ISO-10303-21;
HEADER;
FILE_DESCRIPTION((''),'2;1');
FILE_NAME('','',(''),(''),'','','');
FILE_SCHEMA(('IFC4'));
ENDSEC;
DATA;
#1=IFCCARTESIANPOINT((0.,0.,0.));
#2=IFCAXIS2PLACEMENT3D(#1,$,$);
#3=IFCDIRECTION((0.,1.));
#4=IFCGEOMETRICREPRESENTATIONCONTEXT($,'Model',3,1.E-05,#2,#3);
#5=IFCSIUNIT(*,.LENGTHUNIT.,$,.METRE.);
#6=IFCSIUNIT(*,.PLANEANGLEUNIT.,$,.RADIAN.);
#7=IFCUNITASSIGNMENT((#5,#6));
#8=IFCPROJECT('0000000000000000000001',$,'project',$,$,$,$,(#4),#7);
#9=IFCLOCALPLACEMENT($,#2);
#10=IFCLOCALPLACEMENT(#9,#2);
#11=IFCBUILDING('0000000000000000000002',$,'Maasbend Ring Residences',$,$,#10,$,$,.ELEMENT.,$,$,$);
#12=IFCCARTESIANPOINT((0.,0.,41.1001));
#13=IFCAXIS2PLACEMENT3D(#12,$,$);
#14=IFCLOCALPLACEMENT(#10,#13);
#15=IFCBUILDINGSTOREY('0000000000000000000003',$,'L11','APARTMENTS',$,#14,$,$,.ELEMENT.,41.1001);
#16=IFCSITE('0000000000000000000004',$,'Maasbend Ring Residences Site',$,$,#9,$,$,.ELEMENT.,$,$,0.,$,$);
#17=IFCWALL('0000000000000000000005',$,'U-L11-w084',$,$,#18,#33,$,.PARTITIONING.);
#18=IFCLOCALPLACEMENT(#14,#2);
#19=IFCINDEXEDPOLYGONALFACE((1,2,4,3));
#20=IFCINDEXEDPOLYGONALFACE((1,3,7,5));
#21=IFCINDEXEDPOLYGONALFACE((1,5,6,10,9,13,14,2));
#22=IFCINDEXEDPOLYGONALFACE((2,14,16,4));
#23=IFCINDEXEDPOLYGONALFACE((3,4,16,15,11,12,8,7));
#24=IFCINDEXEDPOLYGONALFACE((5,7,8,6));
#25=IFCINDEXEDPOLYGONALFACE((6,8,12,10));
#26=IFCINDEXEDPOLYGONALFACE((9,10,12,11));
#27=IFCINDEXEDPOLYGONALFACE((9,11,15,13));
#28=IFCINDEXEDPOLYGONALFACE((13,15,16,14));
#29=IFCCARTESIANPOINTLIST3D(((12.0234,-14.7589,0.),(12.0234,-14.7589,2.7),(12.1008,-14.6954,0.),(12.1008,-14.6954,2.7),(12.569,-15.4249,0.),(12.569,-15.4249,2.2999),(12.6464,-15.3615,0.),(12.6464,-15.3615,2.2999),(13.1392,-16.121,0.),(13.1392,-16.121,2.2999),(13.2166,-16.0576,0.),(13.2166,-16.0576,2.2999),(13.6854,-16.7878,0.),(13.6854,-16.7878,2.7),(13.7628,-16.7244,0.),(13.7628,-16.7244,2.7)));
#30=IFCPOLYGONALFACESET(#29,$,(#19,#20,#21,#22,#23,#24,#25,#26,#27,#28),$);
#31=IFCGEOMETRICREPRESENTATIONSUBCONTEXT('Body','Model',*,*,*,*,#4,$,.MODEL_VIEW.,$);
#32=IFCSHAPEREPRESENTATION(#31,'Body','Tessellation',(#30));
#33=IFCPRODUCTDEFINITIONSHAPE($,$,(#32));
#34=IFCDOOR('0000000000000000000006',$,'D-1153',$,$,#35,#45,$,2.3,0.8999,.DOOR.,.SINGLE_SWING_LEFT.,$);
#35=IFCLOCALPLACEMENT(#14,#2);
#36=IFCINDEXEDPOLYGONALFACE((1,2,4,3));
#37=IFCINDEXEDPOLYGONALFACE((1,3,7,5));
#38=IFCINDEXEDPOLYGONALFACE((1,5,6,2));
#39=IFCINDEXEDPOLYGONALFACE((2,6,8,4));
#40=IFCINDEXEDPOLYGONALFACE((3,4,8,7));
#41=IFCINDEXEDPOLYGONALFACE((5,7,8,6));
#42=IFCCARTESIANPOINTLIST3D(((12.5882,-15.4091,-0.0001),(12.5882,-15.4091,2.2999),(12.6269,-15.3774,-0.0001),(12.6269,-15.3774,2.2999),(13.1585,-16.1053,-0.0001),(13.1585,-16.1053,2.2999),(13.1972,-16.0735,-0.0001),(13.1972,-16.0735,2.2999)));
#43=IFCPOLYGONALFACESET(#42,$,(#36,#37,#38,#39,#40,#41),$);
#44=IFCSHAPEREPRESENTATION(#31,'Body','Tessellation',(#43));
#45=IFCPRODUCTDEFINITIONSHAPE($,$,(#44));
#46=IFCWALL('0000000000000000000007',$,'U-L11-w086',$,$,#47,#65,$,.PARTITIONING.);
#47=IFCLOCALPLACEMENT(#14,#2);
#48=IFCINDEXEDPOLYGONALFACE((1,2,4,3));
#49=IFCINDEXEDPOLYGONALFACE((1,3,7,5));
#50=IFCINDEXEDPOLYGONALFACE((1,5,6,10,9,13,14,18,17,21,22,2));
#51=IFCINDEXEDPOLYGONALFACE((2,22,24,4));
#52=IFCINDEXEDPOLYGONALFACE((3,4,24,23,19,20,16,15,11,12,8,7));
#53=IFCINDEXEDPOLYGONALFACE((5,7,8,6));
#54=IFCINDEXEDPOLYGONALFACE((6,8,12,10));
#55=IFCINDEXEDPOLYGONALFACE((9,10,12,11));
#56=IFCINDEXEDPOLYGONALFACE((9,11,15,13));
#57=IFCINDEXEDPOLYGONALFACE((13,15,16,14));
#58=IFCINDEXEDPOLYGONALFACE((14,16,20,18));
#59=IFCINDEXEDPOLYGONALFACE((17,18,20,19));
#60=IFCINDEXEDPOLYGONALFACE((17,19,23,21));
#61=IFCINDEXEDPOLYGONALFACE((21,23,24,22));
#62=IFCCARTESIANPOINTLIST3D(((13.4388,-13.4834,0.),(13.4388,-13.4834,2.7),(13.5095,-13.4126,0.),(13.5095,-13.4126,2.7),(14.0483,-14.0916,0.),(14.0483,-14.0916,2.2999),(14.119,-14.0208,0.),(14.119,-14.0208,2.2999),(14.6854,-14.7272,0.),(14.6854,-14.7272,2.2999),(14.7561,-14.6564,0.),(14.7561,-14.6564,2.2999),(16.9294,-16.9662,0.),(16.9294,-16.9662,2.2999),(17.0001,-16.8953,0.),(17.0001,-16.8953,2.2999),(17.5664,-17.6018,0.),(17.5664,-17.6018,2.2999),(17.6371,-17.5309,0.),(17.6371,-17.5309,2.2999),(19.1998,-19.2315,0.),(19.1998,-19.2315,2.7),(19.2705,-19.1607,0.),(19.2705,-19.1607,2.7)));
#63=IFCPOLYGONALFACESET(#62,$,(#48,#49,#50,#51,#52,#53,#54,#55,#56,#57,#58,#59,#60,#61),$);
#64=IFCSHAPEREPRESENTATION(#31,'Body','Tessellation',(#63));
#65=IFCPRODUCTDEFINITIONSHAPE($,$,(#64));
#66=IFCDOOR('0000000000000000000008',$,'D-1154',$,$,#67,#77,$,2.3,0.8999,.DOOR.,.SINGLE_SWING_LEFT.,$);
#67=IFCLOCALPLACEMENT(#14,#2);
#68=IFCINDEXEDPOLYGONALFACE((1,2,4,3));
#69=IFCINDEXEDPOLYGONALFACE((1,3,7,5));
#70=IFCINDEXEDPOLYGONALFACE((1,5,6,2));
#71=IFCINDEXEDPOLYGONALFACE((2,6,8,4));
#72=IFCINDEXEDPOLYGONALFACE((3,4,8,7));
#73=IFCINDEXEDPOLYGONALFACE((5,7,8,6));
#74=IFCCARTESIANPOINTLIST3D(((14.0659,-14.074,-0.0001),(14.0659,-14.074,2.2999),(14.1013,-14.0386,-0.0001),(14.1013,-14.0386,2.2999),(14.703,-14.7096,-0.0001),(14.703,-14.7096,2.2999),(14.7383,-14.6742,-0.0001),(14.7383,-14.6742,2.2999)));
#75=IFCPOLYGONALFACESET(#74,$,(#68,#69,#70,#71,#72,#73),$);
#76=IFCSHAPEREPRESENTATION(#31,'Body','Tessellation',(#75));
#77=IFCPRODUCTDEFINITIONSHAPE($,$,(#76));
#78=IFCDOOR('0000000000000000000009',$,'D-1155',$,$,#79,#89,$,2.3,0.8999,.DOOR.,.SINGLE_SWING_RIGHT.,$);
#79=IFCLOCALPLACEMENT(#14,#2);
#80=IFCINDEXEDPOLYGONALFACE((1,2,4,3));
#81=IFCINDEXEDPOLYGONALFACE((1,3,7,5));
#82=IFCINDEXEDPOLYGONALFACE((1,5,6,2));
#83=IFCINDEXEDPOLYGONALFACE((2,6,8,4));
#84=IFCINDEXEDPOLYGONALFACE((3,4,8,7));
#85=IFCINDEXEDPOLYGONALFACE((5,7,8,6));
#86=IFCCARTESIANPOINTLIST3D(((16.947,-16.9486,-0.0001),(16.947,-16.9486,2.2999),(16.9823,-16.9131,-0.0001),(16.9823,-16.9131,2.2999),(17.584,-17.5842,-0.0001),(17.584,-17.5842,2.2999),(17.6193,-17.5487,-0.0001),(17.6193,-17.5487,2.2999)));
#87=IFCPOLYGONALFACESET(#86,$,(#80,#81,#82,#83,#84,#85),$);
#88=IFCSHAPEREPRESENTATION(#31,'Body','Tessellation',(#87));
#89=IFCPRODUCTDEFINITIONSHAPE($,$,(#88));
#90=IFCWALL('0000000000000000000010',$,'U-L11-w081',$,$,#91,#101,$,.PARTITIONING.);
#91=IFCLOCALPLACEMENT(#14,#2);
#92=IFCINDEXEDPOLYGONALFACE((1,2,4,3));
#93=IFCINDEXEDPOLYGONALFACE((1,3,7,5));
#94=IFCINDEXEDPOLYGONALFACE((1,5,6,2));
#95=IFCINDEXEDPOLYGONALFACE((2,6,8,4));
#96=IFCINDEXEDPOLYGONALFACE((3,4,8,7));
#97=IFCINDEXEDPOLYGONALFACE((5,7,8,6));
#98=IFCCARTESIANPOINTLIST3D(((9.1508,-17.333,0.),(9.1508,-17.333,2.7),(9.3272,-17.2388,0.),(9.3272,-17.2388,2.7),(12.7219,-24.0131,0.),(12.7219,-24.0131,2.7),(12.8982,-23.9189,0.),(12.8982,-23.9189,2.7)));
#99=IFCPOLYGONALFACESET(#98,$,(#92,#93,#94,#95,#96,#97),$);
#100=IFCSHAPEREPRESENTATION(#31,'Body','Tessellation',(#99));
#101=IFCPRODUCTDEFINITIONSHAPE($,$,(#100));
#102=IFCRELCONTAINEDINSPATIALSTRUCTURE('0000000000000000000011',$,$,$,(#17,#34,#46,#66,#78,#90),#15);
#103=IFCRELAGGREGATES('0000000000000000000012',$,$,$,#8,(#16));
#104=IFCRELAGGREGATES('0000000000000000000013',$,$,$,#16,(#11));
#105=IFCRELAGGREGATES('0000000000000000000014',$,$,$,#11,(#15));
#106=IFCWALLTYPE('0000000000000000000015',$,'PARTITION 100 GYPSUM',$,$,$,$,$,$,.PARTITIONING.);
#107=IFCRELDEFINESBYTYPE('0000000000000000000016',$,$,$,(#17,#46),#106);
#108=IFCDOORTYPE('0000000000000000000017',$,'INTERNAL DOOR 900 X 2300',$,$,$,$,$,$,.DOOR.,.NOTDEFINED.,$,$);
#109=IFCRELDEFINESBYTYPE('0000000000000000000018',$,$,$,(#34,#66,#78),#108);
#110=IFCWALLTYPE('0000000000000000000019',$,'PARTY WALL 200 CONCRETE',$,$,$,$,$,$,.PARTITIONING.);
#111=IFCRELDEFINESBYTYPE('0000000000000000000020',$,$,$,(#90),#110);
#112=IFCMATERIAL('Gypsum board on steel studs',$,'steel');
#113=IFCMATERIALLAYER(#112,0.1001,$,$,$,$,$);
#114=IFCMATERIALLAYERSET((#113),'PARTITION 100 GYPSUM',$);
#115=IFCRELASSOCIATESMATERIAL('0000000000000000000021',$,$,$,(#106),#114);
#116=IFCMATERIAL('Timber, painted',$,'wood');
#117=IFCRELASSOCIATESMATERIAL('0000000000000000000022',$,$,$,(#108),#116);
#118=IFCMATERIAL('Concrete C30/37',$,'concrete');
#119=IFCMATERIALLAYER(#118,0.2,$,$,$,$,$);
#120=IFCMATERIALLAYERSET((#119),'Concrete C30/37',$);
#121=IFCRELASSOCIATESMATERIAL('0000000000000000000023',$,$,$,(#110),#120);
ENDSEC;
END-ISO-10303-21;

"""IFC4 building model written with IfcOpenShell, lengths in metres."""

from ifc_helpers import new_model, si_unit, direction, frame, frame_2d, origin, place, context, subcontext, project, spatial, rectangle, extrude, material, layer, layer_set, type_object, element, fill, save


model = new_model("IFC4")

# Units and contexts
model_context = context("Model", 3, precision=1e-05, world=origin(), true_north=direction((0.0, 1.0)))
body_context = subcontext(model_context, "Body", "Model", "MODEL_VIEW")
ifc_project = project(units=[si_unit("LENGTHUNIT", "METRE"), si_unit("PLANEANGLEUNIT", "RADIAN")], contexts=[model_context])

# Site, building, storey
site_placement = place(None, origin())
site = spatial("IfcSite", under=ifc_project, at=site_placement, Name="Maasbend Ring Residences Site", CompositionType="ELEMENT", RefElevation=0.0)
building_placement = place(site_placement, origin())
building = spatial("IfcBuilding", under=site, at=building_placement, Name="Maasbend Ring Residences", CompositionType="ELEMENT")
storey_placement = place(building_placement, frame((0.0, 0.0, 41.1001)))
storey = spatial("IfcBuildingStorey", under=building, at=storey_placement, Name="L11", Description="APARTMENTS", CompositionType="ELEMENT", Elevation=41.1001)

# Shared definitions
ifc_material_1 = material(Name="Gypsum board on steel studs", Category="steel")
ifc_layer_1 = layer(ifc_material_1, 0.1001)
ifc_layer_set_1 = layer_set([ifc_layer_1], Name="PARTITION 100 GYPSUM")
wall_type_1 = type_object("IfcWallType", Name="PARTITION 100 GYPSUM", PredefinedType="PARTITIONING", material=ifc_layer_set_1)
ifc_material_2 = material(Name="Timber, painted", Category="wood")
door_type_1 = type_object("IfcDoorType", Name="INTERNAL DOOR 900 X 2300", OperationType="NOTDEFINED", PredefinedType="DOOR", material=ifc_material_2)

# Wall, opening, door
wall_1_placement = place(storey_placement, frame((12.062, -14.7271, 0.0), z_axis=(0.0, 0.0, 1.0), x_axis=(0.633689, -0.773588, 0.0)))
wall_1 = element("IfcWall", 1, at=wall_1_placement, inside=storey, type_object=wall_type_1, Name="U-L11-w084", PredefinedType="PARTITIONING", context=body_context, shape_type="SweptSolid", body=[
    extrude(rectangle(XDim=2.6228, YDim=0.1001, at=frame_2d((1.3115, 0.0))), origin(), (0.0, 0.0, 1.0), 2.7),
])
opening_1_placement = place(wall_1_placement, frame((0.8611, 0.0, 0.0)))
opening_1 = element("IfcOpeningElement", 2, at=opening_1_placement, cuts=wall_1, PredefinedType="OPENING", context=body_context, shape_type="SweptSolid", body=[
    extrude(rectangle(XDim=0.8999, YDim=2.3, at=frame_2d((0.45, 1.1499))), frame((0.0, 0.0601, 0.0), z_axis=(0.0, -1.0, 0.0), x_axis=(1.0, 0.0, 0.0)), (0.0, 0.0, 1.0), 0.1201),
])
door_1_placement = place(opening_1_placement, origin())
door_1 = element("IfcDoor", 3, at=door_1_placement, inside=storey, type_object=door_type_1, Name="D-1153", OperationType="SINGLE_SWING_LEFT", OverallHeight=2.3, OverallWidth=0.8999, PredefinedType="DOOR", context=body_context, shape_type="SweptSolid", body=[
    extrude(rectangle(XDim=0.8999, YDim=2.3, at=frame_2d((0.45, 1.1499))), frame((0.0, 0.0249, 0.0), z_axis=(0.0, -1.0, 0.0), x_axis=(1.0, 0.0, 0.0)), (0.0, 0.0, 1.0), 0.05),
])
fill(opening_1, door_1)

# Wall, openings, doors
wall_2_placement = place(storey_placement, frame((13.4741, -13.448, 0.0), z_axis=(0.0, 0.0, 1.0), x_axis=(0.707901, -0.706311, 0.0)))
wall_2 = element("IfcWall", 4, at=wall_2_placement, inside=storey, type_object=wall_type_1, Name="U-L11-w086", PredefinedType="PARTITIONING", context=body_context, shape_type="SweptSolid", body=[
    extrude(rectangle(XDim=8.1382, YDim=0.1001, at=frame_2d((4.0691, 0.0))), origin(), (0.0, 0.0, 1.0), 2.7),
])
opening_2_placement = place(wall_2_placement, frame((0.8611, 0.0, 0.0)))
opening_2 = element("IfcOpeningElement", 5, at=opening_2_placement, cuts=wall_2, PredefinedType="OPENING", context=body_context, shape_type="SweptSolid", body=[
    extrude(rectangle(XDim=0.8999, YDim=2.3, at=frame_2d((0.45, 1.1499))), frame((0.0, 0.0601, 0.0), z_axis=(0.0, -1.0, 0.0), x_axis=(1.0, 0.0, 0.0)), (0.0, 0.0, 1.0), 0.1201),
])
opening_3_placement = place(wall_2_placement, frame((4.9309, 0.0, 0.0)))
opening_3 = element("IfcOpeningElement", 6, at=opening_3_placement, cuts=wall_2, PredefinedType="OPENING", context=body_context, shape_type="SweptSolid", body=[
    extrude(rectangle(XDim=0.8999, YDim=2.3, at=frame_2d((0.45, 1.1499))), frame((0.0, 0.0601, 0.0), z_axis=(0.0, -1.0, 0.0), x_axis=(1.0, 0.0, 0.0)), (0.0, 0.0, 1.0), 0.1201),
])
door_2_placement = place(opening_2_placement, origin())
door_2 = element("IfcDoor", 7, at=door_2_placement, inside=storey, type_object=door_type_1, Name="D-1154", OperationType="SINGLE_SWING_LEFT", OverallHeight=2.3, OverallWidth=0.8999, PredefinedType="DOOR", context=body_context, shape_type="SweptSolid", body=[
    extrude(rectangle(XDim=0.8999, YDim=2.3, at=frame_2d((0.45, 1.1499))), frame((0.0, 0.0249, 0.0), z_axis=(0.0, -1.0, 0.0), x_axis=(1.0, 0.0, 0.0)), (0.0, 0.0, 1.0), 0.05),
])
fill(opening_2, door_2)
door_3_placement = place(opening_3_placement, origin())
door_3 = element("IfcDoor", 8, at=door_3_placement, inside=storey, type_object=door_type_1, Name="D-1155", OperationType="SINGLE_SWING_RIGHT", OverallHeight=2.3, OverallWidth=0.8999, PredefinedType="DOOR", context=body_context, shape_type="SweptSolid", body=[
    extrude(rectangle(XDim=0.8999, YDim=2.3, at=frame_2d((0.45, 1.1499))), frame((0.0, 0.0249, 0.0), z_axis=(0.0, -1.0, 0.0), x_axis=(1.0, 0.0, 0.0)), (0.0, 0.0, 1.0), 0.05),
])
fill(opening_3, door_3)

# Wall
ifc_material_3 = material(Name="Concrete C30/37", Category="concrete")
ifc_layer_2 = layer(ifc_material_3, 0.2)
ifc_layer_set_2 = layer_set([ifc_layer_2], Name="Concrete C30/37")
wall_type_2 = type_object("IfcWallType", Name="PARTY WALL 200 CONCRETE", PredefinedType="PARTITIONING", material=ifc_layer_set_2)
wall_3_placement = place(storey_placement, frame((9.239, -17.2859, 0.0), z_axis=(0.0, 0.0, 1.0), x_axis=(0.47144, -0.881898, 0.0)))
element("IfcWall", 9, at=wall_3_placement, inside=storey, type_object=wall_type_2, Name="U-L11-w081", PredefinedType="PARTITIONING", context=body_context, shape_type="SweptSolid", body=[
    extrude(rectangle(XDim=7.5747, YDim=0.2, at=frame_2d((3.7874, 0.0))), origin(), (0.0, 0.0, 1.0), 2.7),
])

save(model, "model.ifc")
